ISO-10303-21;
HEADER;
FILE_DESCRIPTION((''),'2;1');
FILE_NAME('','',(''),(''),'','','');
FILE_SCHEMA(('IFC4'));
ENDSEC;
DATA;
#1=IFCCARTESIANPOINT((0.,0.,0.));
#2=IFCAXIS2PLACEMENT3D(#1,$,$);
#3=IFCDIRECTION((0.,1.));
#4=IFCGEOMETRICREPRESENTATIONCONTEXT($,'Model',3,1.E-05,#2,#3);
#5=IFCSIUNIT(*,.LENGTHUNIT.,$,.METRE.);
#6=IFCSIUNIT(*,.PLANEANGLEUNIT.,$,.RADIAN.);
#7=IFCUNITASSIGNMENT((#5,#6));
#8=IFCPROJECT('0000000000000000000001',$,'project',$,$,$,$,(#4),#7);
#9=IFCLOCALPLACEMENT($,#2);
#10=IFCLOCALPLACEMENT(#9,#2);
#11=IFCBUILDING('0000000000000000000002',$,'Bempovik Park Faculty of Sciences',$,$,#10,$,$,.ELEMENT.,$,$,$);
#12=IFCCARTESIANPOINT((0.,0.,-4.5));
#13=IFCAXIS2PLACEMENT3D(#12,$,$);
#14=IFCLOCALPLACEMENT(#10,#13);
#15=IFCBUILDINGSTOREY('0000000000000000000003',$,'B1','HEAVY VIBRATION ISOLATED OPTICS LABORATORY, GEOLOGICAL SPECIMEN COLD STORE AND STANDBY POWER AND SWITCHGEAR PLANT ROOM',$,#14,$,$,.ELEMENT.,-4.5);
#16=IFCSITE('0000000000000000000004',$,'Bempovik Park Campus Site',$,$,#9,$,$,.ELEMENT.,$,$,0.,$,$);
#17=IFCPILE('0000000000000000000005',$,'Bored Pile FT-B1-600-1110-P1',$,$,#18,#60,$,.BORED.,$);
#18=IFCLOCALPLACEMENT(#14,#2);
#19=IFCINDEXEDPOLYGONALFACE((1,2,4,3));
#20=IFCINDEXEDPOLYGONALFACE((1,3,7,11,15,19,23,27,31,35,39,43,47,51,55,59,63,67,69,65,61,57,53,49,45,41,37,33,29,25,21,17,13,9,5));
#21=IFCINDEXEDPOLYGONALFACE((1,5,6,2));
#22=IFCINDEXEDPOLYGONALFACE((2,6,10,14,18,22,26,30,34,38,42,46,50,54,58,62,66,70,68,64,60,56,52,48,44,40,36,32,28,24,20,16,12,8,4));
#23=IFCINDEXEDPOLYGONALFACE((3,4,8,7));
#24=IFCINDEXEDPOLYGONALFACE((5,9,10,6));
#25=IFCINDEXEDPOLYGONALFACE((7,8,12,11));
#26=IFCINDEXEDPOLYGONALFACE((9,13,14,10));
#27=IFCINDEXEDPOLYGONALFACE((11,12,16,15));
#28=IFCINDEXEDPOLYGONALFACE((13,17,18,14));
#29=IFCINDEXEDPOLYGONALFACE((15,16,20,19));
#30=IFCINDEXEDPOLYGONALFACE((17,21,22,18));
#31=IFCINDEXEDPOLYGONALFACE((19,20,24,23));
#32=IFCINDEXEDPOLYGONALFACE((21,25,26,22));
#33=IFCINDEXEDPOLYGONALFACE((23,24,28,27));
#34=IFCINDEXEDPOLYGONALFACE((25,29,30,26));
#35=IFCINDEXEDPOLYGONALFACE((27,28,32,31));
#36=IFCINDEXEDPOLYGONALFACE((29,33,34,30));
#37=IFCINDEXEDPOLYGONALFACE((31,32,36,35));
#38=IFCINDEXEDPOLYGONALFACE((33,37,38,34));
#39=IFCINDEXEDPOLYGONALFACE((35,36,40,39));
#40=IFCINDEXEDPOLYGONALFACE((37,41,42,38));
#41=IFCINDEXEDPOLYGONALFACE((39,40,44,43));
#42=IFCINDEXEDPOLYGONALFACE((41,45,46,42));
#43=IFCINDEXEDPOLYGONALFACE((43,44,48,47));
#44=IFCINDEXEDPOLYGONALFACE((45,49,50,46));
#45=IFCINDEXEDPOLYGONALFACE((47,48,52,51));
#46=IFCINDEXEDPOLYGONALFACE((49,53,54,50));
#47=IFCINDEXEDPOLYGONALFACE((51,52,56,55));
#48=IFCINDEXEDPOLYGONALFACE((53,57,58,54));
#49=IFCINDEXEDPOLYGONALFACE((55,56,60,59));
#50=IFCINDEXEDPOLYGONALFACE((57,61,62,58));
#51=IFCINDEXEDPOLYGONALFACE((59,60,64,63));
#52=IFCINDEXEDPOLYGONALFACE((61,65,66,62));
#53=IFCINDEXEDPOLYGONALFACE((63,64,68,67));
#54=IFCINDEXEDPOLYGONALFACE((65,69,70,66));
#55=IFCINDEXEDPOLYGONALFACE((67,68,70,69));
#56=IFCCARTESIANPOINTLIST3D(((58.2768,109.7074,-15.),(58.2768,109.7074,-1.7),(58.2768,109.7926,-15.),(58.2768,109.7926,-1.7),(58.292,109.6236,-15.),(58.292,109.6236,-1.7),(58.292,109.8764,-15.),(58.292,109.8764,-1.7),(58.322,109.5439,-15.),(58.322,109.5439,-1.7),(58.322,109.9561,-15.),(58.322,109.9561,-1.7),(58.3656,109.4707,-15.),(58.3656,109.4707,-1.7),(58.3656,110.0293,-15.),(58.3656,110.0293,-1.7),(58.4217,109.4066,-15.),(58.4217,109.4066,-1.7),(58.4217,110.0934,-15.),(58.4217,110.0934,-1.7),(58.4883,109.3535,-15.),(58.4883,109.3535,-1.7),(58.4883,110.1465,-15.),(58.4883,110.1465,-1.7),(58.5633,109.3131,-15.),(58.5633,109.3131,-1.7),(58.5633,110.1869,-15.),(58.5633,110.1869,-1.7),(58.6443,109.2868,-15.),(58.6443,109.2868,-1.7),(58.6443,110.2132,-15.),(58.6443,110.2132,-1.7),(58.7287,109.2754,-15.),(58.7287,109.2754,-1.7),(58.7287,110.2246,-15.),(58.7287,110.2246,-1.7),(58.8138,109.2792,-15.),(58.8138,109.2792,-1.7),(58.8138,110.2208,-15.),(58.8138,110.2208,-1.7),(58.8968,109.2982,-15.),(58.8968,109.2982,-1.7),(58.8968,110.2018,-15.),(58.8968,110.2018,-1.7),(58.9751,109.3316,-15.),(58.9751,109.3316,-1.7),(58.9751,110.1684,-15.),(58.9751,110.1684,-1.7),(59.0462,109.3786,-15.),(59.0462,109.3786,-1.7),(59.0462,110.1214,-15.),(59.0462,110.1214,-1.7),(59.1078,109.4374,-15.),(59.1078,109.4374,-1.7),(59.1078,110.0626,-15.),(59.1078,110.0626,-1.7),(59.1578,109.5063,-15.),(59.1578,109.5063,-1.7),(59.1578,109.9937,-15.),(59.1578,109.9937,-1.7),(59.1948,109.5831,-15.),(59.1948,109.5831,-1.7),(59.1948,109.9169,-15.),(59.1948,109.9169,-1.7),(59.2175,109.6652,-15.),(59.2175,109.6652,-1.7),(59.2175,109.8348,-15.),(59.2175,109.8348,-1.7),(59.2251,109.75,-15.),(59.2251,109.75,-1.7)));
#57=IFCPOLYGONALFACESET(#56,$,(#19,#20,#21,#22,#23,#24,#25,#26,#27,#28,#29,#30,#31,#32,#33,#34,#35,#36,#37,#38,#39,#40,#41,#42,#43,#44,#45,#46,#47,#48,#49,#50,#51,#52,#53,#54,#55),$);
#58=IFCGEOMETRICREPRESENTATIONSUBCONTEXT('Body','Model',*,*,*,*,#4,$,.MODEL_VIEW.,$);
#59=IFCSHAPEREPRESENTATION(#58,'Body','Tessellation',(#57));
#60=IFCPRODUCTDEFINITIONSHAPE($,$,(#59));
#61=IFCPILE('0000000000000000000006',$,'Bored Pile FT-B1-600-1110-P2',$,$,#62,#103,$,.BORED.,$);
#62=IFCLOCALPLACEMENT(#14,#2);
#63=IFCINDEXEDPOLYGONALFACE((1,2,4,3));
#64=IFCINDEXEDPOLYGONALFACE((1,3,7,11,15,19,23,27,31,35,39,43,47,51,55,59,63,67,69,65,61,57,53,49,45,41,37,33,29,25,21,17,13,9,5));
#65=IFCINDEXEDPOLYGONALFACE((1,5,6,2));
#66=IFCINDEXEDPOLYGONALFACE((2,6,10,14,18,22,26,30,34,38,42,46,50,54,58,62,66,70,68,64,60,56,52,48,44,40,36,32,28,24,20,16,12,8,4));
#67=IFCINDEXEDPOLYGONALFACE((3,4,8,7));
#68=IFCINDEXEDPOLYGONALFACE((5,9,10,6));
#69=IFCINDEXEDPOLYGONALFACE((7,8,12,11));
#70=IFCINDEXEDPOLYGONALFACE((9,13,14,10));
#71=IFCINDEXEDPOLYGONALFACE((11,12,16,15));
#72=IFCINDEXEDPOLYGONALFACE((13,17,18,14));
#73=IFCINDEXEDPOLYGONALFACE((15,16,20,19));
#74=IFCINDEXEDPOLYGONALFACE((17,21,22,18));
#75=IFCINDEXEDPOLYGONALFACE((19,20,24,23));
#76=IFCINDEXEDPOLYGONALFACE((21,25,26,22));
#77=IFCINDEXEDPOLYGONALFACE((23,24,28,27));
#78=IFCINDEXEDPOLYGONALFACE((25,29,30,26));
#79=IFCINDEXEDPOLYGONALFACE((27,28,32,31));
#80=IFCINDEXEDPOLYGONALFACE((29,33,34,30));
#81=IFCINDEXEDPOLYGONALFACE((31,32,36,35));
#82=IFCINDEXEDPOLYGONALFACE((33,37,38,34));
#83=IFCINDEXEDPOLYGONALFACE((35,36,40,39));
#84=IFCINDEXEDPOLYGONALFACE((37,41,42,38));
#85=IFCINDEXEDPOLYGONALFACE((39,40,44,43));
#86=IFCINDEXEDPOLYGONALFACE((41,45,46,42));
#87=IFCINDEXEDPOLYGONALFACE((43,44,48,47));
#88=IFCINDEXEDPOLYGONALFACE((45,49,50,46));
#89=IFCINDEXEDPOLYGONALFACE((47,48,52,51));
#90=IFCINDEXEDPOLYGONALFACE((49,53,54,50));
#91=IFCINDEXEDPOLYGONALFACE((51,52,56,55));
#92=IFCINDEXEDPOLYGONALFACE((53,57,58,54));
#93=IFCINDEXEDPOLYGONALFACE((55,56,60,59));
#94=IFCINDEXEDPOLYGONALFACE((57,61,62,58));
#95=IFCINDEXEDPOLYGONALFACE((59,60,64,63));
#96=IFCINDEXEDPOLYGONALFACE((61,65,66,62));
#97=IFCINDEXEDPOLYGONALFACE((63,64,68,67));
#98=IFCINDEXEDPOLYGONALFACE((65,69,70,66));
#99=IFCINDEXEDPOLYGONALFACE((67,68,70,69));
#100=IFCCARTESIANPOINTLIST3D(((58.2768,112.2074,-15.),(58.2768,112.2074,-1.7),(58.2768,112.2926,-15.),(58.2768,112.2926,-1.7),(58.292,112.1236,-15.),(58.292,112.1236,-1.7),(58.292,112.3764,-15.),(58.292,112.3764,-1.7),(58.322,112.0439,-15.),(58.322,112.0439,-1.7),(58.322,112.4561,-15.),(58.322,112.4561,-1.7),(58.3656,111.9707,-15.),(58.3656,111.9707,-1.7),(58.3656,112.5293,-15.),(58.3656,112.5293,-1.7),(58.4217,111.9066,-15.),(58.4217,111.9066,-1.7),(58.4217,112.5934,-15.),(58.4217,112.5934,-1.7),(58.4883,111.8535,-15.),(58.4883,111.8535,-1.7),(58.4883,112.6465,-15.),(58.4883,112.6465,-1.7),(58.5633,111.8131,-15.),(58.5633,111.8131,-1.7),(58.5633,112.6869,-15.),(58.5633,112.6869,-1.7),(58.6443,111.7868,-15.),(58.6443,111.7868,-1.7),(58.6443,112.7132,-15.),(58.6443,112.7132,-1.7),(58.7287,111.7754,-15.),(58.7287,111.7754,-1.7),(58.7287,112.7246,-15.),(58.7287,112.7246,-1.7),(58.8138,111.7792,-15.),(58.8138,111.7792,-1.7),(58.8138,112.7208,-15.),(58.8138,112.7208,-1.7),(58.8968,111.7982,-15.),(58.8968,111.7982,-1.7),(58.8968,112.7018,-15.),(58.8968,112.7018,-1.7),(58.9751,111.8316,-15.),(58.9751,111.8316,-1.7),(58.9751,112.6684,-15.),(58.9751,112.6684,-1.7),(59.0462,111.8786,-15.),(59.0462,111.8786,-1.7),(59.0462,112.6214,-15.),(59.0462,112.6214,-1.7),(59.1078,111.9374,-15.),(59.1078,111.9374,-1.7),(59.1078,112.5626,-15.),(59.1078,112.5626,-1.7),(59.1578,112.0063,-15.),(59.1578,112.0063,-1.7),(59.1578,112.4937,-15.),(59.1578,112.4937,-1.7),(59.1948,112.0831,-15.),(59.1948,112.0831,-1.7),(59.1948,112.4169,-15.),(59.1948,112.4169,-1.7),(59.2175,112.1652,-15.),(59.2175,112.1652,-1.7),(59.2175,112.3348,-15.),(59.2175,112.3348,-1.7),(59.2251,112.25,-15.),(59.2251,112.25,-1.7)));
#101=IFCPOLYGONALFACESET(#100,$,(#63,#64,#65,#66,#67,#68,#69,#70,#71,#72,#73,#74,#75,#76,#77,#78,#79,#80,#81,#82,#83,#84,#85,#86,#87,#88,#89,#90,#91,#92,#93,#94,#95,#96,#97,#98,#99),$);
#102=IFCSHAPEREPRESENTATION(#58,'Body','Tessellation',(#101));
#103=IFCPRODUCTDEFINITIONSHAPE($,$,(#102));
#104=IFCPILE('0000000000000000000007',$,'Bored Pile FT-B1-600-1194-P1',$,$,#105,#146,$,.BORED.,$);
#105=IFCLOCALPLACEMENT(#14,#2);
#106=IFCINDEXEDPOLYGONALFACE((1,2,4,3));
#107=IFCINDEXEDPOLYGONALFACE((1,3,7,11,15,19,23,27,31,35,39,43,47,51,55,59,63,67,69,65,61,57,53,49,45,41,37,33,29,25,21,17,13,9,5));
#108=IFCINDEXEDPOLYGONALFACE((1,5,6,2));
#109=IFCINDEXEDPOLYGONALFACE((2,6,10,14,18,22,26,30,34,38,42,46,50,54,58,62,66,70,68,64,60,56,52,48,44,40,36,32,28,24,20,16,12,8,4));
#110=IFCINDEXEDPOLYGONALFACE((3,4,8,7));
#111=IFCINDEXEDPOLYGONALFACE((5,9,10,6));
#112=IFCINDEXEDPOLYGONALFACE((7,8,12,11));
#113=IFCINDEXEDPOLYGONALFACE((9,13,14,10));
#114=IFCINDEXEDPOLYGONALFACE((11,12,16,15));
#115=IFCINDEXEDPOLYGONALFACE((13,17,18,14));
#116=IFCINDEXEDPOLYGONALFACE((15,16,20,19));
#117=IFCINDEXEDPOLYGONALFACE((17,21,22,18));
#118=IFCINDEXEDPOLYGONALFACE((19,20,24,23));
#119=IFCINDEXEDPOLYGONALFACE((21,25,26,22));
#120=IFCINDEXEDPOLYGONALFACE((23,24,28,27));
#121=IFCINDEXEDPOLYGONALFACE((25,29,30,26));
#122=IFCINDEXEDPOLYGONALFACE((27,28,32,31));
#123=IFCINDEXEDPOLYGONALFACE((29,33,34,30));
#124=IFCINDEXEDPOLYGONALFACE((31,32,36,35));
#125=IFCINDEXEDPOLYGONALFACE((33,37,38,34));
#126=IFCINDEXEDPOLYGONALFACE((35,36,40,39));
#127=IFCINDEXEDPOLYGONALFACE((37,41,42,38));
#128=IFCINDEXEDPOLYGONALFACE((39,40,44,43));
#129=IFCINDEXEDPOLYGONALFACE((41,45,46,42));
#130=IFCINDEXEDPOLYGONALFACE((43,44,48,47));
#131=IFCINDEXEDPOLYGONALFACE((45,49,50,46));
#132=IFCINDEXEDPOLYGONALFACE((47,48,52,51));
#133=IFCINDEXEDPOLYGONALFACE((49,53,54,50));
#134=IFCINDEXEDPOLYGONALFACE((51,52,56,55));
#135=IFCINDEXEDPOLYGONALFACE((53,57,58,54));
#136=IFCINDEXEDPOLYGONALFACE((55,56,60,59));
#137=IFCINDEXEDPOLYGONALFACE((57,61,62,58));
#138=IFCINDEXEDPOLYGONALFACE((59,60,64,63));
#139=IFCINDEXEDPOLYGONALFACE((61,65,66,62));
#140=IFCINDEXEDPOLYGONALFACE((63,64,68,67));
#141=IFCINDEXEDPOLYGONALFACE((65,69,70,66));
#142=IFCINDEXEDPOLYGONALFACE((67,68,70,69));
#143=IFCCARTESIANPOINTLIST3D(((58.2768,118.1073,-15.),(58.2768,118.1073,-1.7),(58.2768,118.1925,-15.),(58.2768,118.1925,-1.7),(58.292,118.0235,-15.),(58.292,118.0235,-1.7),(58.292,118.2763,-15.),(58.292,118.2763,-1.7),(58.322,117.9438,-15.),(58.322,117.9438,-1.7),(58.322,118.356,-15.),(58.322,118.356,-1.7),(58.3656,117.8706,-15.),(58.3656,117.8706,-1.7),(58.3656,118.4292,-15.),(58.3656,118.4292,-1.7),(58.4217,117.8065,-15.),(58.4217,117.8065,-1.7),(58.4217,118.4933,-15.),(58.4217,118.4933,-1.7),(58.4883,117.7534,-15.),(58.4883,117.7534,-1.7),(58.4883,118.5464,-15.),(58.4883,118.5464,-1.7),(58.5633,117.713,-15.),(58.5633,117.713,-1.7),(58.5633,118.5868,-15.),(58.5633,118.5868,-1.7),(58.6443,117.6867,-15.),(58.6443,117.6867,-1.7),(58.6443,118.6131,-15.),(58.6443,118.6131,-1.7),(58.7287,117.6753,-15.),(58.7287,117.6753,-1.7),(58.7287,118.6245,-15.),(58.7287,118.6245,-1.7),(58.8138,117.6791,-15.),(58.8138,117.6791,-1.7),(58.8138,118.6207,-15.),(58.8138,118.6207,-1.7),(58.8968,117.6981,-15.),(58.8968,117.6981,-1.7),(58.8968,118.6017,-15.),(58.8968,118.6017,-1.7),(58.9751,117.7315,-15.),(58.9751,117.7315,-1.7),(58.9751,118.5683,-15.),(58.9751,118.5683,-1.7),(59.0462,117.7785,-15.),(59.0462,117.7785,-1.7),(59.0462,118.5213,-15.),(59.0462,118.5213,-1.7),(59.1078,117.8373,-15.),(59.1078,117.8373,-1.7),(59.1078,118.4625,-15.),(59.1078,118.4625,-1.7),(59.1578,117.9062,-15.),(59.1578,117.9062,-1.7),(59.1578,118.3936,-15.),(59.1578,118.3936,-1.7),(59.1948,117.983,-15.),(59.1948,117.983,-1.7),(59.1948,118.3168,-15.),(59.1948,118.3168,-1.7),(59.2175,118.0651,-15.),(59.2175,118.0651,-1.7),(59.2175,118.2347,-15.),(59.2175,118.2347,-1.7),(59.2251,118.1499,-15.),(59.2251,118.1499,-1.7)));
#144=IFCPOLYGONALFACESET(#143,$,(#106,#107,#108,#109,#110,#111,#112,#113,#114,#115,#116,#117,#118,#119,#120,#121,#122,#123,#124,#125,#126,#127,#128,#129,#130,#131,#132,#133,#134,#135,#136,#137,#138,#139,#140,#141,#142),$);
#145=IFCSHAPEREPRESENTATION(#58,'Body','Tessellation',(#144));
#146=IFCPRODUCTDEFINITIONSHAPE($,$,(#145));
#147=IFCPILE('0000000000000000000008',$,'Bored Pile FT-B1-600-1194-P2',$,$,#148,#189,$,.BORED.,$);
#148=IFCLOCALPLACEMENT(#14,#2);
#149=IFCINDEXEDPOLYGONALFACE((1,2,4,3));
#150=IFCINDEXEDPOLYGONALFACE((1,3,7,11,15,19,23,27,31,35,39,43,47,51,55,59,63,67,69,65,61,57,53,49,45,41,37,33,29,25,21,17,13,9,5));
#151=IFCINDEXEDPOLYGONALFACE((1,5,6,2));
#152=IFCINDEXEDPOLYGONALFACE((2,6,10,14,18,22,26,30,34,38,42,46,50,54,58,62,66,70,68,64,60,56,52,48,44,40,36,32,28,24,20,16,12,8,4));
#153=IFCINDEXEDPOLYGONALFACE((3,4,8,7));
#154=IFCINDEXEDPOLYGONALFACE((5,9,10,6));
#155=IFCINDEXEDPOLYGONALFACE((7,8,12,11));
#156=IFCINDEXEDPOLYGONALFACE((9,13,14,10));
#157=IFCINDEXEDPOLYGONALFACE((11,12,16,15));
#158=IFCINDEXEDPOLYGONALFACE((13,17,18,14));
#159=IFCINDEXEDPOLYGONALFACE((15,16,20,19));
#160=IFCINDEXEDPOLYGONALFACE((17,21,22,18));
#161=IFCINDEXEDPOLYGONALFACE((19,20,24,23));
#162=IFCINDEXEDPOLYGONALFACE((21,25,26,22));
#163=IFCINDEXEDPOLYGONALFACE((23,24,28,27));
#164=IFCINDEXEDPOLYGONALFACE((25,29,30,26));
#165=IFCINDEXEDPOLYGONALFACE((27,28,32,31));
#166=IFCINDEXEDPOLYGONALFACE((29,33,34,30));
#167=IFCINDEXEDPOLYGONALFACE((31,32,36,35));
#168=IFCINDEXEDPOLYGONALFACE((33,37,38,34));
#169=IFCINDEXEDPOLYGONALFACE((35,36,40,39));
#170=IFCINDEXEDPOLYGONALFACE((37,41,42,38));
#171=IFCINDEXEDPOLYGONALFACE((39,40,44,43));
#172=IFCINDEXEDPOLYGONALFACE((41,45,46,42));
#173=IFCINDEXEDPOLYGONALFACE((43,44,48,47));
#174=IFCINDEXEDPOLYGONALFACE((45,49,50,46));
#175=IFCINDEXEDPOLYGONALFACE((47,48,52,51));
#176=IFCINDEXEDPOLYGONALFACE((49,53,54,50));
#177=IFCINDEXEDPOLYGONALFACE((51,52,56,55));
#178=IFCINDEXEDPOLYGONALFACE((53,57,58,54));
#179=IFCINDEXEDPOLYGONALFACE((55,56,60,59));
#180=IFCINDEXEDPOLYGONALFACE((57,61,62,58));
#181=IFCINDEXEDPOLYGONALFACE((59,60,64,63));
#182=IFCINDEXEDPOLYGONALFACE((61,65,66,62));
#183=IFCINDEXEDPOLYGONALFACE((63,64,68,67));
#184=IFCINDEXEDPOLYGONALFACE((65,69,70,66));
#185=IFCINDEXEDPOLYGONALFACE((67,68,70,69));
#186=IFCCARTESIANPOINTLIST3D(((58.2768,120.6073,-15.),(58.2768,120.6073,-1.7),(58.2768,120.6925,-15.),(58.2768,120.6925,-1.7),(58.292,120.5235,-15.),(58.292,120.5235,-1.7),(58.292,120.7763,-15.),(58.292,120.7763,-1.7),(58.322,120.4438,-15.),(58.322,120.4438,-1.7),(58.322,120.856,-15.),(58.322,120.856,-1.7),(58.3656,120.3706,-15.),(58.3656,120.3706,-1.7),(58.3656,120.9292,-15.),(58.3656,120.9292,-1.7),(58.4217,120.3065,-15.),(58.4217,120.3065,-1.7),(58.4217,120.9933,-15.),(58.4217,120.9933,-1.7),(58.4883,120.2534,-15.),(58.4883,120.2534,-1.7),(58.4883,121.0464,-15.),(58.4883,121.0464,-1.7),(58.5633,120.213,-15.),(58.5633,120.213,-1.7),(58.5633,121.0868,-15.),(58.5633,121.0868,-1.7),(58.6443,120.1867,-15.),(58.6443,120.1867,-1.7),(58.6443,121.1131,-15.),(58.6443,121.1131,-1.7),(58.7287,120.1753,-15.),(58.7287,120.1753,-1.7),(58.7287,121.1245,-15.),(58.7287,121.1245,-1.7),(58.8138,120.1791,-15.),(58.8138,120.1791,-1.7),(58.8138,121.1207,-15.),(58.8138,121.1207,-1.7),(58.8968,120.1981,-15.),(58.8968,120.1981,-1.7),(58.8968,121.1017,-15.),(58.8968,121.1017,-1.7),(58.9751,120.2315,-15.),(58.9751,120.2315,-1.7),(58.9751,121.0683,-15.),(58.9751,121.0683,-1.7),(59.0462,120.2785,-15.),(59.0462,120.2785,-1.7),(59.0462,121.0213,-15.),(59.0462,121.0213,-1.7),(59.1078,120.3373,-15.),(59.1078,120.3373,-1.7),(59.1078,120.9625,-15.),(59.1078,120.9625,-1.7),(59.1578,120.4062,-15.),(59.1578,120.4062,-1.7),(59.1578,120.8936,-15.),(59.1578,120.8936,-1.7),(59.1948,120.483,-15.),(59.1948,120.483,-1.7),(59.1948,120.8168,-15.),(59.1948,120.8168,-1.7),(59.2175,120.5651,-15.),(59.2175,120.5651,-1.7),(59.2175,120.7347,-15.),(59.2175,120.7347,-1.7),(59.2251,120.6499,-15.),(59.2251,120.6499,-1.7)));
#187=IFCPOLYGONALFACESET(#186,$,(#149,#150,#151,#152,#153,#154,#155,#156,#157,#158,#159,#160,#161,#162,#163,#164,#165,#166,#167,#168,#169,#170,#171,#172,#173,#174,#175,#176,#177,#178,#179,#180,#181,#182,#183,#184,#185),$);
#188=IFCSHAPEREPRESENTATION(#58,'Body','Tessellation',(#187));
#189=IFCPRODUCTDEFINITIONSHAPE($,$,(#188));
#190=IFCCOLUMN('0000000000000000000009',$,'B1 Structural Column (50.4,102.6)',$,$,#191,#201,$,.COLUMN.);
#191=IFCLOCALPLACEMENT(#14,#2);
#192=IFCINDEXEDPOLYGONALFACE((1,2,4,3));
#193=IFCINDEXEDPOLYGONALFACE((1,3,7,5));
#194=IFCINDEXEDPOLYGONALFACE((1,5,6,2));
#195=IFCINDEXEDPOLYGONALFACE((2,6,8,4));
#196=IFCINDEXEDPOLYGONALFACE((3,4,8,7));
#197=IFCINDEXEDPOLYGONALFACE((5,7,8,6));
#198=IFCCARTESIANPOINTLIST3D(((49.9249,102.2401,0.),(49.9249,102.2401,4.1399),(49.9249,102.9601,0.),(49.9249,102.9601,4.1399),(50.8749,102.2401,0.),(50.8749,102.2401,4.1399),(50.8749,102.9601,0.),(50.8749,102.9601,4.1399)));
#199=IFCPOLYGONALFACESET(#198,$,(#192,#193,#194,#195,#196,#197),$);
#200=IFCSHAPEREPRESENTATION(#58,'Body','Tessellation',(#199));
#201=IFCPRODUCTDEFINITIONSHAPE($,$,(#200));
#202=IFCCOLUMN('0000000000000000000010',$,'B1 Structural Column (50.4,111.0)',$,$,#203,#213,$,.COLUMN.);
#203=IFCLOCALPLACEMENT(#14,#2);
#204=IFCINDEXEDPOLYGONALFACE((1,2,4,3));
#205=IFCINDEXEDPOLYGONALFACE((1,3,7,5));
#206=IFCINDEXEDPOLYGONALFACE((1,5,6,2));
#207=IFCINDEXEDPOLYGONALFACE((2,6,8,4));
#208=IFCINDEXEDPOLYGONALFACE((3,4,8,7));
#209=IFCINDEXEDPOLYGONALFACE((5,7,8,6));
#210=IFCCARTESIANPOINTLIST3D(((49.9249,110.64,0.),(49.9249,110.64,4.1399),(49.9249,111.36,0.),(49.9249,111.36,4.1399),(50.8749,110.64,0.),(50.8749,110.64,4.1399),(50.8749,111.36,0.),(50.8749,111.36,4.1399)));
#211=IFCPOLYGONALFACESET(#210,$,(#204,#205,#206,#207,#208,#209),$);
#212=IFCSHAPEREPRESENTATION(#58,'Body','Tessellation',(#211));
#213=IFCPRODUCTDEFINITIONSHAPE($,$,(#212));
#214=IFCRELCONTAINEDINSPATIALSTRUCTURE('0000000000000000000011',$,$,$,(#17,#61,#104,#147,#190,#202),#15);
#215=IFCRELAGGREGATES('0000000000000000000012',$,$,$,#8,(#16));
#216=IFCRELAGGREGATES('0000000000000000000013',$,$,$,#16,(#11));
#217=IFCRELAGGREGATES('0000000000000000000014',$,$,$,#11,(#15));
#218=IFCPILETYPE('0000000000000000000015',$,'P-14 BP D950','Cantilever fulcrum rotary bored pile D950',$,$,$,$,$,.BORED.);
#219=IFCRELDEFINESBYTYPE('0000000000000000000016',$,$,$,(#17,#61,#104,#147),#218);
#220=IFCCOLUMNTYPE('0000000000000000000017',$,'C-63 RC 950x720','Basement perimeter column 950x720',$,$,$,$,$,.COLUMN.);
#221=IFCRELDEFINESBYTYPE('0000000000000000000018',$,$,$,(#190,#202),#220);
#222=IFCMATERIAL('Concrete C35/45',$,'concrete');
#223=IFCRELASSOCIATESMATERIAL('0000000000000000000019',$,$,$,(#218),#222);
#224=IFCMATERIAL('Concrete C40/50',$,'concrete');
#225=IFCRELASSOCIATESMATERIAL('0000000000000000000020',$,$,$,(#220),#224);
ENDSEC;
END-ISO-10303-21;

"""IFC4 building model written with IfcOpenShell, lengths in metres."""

from ifc_helpers import new_model, si_unit, direction, frame, origin, origin_2d, place, context, subcontext, project, spatial, rectangle, circle, extrude, material, material_profile, profile_set, type_object, element, save


model = new_model("IFC4")

# Units and contexts
model_context = context("Model", 3, precision=1e-05, world=origin(), true_north=direction((0.0, 1.0)))
body_context = subcontext(model_context, "Body", "Model", "MODEL_VIEW")
ifc_project = project(units=[si_unit("LENGTHUNIT", "METRE"), si_unit("PLANEANGLEUNIT", "RADIAN")], contexts=[model_context])

# Site, building, storey
site_placement = place(None, origin())
site = spatial("IfcSite", under=ifc_project, at=site_placement, Name="Bempovik Park Campus Site", CompositionType="ELEMENT", RefElevation=0.0)
building_placement = place(site_placement, origin())
building = spatial("IfcBuilding", under=site, at=building_placement, Name="Bempovik Park Faculty of Sciences", CompositionType="ELEMENT")
storey_placement = place(building_placement, frame((0.0, 0.0, -4.5)))
storey = spatial("IfcBuildingStorey", under=building, at=storey_placement, Name="B1", Description="HEAVY VIBRATION ISOLATED OPTICS LABORATORY, GEOLOGICAL SPECIMEN COLD STORE AND STANDBY POWER AND SWITCHGEAR PLANT ROOM", CompositionType="ELEMENT", Elevation=-4.5)

# Shared definitions
ifc_material_1 = material(Name="Concrete C35/45", Category="concrete")

# Piles
ifc_material_profile_1 = material_profile(ifc_material_1, circle(Radius=0.4751, at=origin_2d()), Name="BP D950")
ifc_profile_set_1 = profile_set([ifc_material_profile_1], Name="Concrete C35/45")
pile_type = type_object("IfcPileType", Name="P-14 BP D950", Description="Cantilever fulcrum rotary bored pile D950", PredefinedType="BORED", material=ifc_profile_set_1)
for number, where, z_axis, x_axis, name in (
    (1, (58.75, 109.75, -1.7), (0.0, 0.0, -1.0), (1.0, 0.0, 0.0), "Bored Pile FT-B1-600-1110-P1"),
    (2, (58.75, 112.25, -1.7), (0.0, 0.0, -1.0), (1.0, 0.0, 0.0), "Bored Pile FT-B1-600-1110-P2"),
    (3, (58.75, 118.1499, -1.7), (0.0, 0.0, -1.0), (1.0, 0.0, 0.0), "Bored Pile FT-B1-600-1194-P1"),
    (4, (58.75, 120.6499, -1.7), (0.0, 0.0, -1.0), (1.0, 0.0, 0.0), "Bored Pile FT-B1-600-1194-P2"),
):
    element("IfcPile", number, at=place(storey_placement, frame(where, z_axis=z_axis, x_axis=x_axis)), inside=storey, type_object=pile_type, Name=name, PredefinedType="BORED", context=body_context, shape_type="SweptSolid", body=[
        extrude(circle(Radius=0.4751, at=origin_2d()), origin(), (0.0, 0.0, 1.0), 13.3),
    ])

# Columns
ifc_material_2 = material(Name="Concrete C40/50", Category="concrete")
ifc_material_profile_2 = material_profile(ifc_material_2, rectangle(XDim=0.95, YDim=0.72, at=origin_2d()), Name="RC 950x720")
ifc_profile_set_2 = profile_set([ifc_material_profile_2], Name="Concrete C40/50")
column_type_1 = type_object("IfcColumnType", Name="C-63 RC 950x720", Description="Basement perimeter column 950x720", PredefinedType="COLUMN", material=ifc_profile_set_2)
for number, where, z_axis, x_axis, name in (
    (5, (50.3999, 102.6001, 0.0), (0.0, 0.0, 1.0), (1.0, 0.0, 0.0), "B1 Structural Column (50.4,102.6)"),
    (6, (50.3999, 111.0, 0.0), (0.0, 0.0, 1.0), (1.0, 0.0, 0.0), "B1 Structural Column (50.4,111.0)"),
):
    element("IfcColumn", number, at=place(storey_placement, frame(where, z_axis=z_axis, x_axis=x_axis)), inside=storey, type_object=column_type_1, Name=name, PredefinedType="COLUMN", context=body_context, shape_type="SweptSolid", body=[
        extrude(rectangle(XDim=0.95, YDim=0.72, at=origin_2d()), origin(), (0.0, 0.0, 1.0), 4.1399),
    ])

save(model, "model.ifc")
